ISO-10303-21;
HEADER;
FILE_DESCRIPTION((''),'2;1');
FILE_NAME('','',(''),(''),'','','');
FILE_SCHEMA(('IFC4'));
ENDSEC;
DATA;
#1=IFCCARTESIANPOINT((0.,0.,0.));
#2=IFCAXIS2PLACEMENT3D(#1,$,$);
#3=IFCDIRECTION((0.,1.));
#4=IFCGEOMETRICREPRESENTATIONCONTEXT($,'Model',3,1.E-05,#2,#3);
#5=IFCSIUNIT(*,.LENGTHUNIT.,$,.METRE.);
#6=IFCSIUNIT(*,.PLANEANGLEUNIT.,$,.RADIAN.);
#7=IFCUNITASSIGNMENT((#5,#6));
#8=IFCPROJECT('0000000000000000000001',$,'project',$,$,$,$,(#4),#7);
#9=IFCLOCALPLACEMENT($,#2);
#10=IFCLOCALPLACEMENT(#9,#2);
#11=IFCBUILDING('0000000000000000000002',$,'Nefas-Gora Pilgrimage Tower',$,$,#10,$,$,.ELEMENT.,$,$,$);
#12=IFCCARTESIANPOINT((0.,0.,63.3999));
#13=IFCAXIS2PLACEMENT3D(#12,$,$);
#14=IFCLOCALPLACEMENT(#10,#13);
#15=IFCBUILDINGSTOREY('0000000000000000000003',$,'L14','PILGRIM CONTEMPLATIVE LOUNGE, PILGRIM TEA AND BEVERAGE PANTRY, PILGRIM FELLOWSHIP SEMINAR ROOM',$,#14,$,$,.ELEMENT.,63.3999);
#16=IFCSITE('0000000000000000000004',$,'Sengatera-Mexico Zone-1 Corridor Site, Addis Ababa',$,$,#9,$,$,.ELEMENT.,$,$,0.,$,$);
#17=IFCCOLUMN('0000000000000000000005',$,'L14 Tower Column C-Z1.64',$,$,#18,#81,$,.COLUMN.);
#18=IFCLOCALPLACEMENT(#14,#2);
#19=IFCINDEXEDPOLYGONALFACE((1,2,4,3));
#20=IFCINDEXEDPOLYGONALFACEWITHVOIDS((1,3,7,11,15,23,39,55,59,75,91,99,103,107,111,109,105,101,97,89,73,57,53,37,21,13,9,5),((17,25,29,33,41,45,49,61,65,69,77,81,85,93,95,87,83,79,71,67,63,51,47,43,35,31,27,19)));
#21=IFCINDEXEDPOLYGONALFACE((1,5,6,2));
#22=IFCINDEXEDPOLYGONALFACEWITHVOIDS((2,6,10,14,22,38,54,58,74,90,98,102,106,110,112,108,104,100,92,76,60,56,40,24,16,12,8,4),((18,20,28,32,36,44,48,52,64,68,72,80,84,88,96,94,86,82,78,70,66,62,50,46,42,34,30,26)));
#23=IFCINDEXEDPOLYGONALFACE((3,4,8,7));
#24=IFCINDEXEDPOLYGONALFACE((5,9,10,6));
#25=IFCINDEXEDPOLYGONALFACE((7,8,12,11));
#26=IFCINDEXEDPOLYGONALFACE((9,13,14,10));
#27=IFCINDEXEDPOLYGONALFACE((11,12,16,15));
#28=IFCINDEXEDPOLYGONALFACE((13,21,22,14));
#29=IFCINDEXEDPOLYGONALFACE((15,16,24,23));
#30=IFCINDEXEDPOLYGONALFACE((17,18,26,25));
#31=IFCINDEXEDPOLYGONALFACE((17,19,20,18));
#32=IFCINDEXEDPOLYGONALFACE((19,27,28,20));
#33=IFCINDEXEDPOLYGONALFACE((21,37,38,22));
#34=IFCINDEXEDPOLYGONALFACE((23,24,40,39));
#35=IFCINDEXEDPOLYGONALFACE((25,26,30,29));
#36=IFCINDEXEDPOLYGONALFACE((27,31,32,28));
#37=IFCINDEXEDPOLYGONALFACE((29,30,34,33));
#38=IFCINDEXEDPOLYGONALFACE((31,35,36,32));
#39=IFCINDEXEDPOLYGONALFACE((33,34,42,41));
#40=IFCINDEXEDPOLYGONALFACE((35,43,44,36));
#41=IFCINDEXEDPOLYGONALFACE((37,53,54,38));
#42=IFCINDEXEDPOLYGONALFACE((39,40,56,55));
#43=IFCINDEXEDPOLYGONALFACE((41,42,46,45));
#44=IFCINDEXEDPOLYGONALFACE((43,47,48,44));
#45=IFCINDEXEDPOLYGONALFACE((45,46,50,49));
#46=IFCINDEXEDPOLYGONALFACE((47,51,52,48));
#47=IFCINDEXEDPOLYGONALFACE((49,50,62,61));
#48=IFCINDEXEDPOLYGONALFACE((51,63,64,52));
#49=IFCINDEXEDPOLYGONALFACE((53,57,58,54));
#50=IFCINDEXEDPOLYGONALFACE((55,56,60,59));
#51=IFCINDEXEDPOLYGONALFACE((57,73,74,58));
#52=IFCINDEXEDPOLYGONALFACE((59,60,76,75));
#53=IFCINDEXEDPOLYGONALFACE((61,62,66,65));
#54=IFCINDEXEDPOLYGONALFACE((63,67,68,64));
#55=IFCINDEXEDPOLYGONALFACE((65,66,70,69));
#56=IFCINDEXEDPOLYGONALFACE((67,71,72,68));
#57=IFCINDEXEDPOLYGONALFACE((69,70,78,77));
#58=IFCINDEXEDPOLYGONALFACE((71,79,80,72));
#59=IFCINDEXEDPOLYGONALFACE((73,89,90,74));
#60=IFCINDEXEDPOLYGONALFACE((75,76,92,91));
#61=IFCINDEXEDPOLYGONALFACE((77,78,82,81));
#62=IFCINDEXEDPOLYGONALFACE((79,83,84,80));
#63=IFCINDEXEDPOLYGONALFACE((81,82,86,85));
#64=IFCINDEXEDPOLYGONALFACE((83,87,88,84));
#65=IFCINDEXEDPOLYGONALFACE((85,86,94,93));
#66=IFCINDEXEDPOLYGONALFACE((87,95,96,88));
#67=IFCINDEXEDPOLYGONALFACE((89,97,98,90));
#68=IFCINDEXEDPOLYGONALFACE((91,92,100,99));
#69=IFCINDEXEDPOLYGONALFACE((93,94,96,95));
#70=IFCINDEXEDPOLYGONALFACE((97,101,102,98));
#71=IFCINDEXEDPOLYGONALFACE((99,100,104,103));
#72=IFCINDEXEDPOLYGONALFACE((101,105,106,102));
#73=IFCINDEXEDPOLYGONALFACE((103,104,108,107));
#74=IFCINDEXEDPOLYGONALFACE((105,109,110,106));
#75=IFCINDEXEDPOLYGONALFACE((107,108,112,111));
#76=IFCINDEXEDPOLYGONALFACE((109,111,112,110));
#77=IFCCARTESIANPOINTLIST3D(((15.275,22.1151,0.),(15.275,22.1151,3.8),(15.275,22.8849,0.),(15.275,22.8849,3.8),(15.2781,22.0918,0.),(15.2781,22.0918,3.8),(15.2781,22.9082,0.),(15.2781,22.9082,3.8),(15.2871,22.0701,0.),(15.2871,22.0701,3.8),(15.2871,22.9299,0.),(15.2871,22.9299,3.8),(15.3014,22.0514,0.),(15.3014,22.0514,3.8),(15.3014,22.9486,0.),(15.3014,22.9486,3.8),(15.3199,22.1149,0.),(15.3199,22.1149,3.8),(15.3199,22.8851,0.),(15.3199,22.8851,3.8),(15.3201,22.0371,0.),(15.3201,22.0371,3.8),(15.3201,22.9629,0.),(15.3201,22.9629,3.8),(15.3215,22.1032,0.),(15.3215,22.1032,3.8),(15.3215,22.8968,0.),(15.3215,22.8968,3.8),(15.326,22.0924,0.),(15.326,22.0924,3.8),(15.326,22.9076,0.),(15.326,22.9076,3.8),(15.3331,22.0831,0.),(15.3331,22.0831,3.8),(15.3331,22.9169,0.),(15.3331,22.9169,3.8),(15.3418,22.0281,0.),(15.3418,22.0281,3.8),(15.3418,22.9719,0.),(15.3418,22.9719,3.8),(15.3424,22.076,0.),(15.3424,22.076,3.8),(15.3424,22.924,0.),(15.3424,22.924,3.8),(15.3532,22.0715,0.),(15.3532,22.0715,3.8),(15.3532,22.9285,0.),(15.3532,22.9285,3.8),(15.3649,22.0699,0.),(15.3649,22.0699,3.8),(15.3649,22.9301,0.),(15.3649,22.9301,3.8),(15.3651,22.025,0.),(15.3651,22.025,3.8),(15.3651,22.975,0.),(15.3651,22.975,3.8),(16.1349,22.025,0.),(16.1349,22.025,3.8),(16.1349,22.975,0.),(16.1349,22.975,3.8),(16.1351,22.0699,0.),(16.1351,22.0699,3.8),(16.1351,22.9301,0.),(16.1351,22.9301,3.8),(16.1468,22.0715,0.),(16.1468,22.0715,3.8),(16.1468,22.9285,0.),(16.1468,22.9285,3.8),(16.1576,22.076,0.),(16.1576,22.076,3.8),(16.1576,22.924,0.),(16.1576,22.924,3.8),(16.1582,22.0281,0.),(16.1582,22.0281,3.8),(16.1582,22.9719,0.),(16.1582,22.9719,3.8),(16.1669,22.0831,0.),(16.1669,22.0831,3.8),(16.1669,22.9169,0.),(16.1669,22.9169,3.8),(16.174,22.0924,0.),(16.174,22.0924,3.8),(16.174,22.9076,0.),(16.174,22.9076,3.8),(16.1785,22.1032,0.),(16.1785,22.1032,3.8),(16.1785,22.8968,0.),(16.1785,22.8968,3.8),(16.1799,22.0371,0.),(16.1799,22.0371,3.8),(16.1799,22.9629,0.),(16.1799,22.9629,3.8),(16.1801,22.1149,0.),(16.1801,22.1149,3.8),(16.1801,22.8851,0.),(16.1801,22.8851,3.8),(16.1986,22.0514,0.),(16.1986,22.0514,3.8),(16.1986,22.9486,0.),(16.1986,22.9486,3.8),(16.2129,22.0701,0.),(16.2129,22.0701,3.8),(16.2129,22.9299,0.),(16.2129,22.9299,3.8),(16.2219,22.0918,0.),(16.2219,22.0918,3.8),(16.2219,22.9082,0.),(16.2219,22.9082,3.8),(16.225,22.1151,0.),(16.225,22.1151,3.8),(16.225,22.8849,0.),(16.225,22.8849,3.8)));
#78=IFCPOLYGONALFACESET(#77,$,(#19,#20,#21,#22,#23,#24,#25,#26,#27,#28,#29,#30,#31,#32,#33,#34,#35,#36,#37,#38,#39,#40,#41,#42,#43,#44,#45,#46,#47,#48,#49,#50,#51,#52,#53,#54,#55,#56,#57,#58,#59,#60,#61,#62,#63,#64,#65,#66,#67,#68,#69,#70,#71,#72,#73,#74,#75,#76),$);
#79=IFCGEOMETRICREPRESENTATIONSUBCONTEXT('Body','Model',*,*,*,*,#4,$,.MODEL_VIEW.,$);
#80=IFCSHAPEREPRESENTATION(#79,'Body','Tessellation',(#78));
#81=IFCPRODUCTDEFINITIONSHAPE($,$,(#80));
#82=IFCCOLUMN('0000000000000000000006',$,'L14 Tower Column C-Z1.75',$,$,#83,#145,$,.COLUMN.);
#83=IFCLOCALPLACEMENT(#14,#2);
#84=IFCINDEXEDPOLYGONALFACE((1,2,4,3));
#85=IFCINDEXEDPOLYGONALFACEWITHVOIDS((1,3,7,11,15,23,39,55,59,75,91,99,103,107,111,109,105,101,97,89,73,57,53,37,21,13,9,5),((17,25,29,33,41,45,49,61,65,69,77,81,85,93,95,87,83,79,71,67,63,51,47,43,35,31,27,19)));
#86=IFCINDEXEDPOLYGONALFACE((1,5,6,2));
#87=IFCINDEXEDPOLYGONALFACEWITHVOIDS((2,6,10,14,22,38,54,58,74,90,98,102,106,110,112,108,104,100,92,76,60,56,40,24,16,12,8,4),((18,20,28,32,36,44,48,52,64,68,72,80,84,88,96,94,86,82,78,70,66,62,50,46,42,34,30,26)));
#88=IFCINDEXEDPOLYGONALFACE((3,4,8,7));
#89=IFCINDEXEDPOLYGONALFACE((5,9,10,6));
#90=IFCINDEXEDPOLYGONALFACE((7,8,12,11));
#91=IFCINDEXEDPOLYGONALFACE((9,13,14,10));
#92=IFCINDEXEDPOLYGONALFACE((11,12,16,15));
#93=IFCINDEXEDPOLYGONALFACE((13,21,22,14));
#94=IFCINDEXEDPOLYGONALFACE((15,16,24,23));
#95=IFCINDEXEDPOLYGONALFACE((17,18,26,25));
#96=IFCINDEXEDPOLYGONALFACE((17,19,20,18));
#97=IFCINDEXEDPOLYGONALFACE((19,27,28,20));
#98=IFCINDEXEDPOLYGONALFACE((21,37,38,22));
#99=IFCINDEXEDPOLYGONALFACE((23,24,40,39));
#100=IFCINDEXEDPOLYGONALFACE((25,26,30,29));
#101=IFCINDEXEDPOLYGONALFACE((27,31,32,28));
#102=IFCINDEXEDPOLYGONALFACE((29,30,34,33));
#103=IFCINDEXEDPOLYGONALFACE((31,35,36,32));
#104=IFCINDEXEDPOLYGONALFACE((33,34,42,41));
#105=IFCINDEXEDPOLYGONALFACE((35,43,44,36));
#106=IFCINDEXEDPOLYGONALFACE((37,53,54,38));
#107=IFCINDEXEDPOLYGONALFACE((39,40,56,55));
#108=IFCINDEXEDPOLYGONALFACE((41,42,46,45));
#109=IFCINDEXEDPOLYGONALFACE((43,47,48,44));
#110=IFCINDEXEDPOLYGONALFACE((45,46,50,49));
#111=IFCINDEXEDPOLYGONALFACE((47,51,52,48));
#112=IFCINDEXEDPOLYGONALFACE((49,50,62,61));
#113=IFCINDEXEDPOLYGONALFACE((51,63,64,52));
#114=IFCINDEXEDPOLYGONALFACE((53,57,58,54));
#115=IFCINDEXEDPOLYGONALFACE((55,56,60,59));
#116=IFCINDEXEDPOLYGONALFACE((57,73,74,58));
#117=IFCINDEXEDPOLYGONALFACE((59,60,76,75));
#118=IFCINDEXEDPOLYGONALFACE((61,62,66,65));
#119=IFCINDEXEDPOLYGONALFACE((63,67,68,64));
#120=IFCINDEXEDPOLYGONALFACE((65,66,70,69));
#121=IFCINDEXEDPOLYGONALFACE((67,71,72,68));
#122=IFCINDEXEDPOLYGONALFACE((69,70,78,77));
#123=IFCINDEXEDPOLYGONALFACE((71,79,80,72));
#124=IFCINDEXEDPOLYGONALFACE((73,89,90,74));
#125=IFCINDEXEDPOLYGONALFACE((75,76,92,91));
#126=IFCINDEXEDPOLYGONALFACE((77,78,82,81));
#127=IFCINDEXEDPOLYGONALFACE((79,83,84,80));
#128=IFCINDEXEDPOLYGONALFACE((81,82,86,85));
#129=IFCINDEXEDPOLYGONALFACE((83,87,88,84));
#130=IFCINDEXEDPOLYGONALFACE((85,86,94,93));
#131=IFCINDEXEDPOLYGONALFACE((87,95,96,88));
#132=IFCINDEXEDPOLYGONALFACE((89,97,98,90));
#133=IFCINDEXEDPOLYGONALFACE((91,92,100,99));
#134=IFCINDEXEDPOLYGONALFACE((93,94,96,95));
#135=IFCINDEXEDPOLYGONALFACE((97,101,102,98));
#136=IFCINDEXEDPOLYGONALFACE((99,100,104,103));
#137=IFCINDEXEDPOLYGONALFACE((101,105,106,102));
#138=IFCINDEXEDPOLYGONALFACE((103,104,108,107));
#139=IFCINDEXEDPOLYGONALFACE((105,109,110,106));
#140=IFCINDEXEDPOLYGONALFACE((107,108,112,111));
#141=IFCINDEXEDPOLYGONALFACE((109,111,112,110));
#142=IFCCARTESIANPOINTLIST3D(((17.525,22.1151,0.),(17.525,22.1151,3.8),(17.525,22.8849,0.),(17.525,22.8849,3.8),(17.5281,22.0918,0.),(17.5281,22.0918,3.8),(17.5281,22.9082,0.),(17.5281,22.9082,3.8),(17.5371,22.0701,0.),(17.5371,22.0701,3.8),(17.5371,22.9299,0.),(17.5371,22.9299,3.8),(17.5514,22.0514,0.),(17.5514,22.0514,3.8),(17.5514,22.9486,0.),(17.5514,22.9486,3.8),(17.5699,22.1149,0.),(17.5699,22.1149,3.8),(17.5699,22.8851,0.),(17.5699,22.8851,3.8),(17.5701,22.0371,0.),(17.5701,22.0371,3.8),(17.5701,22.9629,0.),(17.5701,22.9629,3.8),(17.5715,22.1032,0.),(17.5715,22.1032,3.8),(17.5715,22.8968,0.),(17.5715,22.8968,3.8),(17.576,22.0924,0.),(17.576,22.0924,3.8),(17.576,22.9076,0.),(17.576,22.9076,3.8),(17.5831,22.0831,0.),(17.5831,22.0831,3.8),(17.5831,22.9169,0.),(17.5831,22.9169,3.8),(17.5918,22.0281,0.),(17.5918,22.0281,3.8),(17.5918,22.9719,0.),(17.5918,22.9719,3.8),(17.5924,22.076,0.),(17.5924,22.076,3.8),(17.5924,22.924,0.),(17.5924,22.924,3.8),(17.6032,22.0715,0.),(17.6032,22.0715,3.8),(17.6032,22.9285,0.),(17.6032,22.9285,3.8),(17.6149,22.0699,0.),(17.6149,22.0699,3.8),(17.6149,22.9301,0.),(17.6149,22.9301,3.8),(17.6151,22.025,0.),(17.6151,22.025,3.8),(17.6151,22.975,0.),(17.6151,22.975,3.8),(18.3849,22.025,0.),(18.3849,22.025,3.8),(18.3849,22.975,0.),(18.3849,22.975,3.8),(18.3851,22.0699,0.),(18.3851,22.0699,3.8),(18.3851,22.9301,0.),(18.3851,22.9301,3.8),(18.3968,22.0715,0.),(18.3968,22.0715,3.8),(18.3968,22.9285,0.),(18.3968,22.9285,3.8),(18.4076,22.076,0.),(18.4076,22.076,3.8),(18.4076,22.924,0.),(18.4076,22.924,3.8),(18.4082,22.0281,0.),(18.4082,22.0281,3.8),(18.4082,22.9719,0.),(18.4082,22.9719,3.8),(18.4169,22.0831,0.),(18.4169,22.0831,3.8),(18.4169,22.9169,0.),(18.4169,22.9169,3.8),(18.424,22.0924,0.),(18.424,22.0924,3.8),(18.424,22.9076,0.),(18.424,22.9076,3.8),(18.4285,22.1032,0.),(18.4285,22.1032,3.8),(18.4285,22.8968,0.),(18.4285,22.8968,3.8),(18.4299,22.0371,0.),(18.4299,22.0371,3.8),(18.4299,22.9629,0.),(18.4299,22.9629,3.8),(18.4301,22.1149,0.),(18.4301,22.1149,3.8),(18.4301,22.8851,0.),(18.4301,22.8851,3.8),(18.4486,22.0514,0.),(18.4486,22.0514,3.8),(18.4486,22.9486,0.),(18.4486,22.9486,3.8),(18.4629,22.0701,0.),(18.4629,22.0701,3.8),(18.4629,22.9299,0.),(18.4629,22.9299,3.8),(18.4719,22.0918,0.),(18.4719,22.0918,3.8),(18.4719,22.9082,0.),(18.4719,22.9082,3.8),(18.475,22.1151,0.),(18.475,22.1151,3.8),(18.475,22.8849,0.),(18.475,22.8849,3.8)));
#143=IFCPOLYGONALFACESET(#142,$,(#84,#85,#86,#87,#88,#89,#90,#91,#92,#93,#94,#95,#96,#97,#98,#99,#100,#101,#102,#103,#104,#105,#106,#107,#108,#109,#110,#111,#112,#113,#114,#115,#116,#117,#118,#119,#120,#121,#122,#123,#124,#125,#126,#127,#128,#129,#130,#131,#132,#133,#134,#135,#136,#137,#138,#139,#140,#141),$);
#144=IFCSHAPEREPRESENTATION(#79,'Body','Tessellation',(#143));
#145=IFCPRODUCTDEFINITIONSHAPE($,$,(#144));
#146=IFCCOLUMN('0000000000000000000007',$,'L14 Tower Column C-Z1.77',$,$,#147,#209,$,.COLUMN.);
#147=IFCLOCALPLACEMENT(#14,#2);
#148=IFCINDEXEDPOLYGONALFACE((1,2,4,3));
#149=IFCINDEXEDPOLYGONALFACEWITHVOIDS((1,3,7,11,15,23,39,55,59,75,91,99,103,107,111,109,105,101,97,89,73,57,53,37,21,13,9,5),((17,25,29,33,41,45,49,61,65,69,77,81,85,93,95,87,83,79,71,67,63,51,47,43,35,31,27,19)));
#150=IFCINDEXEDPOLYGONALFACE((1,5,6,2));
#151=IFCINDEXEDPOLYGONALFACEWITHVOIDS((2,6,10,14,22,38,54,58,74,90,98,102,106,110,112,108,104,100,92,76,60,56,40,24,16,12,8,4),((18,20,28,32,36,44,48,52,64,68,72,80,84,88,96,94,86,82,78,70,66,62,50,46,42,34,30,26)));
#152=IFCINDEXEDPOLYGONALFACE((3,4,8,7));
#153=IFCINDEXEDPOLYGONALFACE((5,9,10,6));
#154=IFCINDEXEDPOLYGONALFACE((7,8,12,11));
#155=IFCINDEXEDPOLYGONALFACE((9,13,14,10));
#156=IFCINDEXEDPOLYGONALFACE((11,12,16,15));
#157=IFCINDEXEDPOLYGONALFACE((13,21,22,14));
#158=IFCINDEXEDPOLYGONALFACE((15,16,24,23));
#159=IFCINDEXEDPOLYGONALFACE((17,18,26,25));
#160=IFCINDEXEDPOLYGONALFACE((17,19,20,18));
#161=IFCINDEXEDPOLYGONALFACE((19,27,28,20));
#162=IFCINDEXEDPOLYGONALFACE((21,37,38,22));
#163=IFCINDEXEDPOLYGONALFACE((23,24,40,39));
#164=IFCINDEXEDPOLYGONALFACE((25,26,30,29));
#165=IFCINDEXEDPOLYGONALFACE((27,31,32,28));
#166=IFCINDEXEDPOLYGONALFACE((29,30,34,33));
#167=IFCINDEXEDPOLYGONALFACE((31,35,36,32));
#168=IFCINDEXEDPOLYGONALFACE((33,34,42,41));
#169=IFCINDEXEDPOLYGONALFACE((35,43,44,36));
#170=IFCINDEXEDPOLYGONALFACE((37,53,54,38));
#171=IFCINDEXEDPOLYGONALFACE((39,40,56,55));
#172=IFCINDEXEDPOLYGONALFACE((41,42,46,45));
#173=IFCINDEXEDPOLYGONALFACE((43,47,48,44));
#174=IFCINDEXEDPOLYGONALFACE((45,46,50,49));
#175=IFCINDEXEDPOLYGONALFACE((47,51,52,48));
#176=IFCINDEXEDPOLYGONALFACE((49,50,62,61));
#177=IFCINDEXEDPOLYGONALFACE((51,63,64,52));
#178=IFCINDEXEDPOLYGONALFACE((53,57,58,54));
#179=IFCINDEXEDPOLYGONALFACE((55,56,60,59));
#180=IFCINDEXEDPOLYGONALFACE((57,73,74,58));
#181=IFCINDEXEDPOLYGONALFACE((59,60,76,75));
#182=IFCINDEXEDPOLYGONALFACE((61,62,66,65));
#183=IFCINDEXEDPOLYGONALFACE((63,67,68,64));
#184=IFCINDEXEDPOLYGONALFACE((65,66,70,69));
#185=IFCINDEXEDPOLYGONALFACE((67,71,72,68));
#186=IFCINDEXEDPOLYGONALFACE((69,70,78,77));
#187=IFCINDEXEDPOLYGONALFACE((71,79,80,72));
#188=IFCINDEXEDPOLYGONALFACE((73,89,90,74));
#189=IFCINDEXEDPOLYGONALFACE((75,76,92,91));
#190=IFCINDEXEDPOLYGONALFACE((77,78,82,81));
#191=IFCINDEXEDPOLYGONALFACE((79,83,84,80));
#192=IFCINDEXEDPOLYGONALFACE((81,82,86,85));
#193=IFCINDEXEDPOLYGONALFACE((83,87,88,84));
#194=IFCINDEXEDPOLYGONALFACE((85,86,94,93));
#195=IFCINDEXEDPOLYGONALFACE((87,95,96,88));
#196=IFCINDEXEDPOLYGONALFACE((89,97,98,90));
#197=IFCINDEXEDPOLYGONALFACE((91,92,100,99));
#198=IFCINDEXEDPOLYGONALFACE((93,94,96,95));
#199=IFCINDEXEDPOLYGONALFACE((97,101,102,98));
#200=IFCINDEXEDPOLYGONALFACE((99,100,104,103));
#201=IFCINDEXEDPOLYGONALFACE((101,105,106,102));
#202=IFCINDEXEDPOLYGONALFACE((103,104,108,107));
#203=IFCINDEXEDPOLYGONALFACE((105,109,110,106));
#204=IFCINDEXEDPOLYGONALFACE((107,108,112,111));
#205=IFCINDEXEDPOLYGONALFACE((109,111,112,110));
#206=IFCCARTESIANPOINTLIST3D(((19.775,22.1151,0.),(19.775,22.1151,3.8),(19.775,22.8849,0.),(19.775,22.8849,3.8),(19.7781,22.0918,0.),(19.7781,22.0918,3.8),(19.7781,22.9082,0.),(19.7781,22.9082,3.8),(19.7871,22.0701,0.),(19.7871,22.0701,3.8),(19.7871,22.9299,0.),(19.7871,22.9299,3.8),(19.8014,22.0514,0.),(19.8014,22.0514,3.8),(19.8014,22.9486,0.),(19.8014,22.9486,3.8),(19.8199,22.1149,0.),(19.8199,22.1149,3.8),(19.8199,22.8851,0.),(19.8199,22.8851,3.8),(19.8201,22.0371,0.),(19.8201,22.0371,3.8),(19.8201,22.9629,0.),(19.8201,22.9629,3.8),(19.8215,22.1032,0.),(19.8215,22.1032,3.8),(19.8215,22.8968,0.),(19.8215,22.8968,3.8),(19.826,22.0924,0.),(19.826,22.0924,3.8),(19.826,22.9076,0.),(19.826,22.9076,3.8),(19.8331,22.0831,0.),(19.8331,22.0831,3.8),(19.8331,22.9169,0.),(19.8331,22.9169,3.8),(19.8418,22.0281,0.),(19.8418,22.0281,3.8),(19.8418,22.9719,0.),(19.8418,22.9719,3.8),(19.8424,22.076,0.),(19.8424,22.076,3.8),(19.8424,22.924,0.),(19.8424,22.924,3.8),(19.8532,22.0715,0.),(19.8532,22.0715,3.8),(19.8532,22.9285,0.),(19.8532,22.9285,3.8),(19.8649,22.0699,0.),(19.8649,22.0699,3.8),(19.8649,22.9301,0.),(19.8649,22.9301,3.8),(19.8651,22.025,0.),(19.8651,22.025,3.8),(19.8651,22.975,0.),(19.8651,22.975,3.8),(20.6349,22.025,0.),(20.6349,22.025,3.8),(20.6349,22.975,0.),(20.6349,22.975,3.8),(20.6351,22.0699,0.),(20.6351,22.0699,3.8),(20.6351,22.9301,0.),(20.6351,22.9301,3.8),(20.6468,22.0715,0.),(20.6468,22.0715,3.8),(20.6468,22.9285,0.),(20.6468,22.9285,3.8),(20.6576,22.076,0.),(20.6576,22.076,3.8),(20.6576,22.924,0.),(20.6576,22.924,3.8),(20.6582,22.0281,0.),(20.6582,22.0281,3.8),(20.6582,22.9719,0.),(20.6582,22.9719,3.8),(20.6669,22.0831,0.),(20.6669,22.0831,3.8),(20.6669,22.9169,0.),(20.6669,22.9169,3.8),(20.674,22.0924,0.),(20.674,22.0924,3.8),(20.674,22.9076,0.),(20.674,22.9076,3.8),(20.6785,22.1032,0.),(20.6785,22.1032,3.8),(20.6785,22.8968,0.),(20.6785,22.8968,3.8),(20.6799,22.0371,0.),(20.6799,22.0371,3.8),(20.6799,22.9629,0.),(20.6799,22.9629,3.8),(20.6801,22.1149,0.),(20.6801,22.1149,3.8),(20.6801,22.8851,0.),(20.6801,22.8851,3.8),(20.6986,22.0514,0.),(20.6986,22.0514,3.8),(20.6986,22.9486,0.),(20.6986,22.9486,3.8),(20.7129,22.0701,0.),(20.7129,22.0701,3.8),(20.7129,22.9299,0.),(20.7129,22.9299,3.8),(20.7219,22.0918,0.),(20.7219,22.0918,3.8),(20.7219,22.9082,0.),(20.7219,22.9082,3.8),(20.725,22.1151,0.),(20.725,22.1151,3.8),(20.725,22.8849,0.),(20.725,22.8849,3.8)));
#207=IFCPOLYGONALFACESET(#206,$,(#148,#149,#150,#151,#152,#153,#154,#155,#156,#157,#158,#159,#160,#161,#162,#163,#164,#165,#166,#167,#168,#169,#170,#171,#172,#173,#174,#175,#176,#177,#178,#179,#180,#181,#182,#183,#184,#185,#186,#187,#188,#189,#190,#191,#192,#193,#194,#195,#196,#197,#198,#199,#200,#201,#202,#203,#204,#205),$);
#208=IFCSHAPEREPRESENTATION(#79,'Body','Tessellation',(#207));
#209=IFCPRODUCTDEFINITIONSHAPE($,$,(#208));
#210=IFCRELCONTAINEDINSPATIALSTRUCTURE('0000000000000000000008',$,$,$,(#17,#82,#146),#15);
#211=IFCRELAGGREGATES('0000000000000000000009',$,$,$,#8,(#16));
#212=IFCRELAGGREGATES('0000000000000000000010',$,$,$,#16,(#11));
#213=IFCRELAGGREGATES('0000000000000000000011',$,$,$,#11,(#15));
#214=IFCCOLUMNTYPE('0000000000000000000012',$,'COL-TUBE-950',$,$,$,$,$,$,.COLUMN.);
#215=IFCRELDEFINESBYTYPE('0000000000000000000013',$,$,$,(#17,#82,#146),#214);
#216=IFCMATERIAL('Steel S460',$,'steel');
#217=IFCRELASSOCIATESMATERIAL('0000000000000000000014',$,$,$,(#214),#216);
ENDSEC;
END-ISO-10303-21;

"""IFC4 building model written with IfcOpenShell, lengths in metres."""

from ifc_helpers import new_model, si_unit, direction, frame, origin, origin_2d, place, context, subcontext, project, spatial, hollow_rectangle, extrude, source, transform, mapped, material, material_profile, profile_set, type_object, element, save


model = new_model("IFC4")

# Units and contexts
model_context = context("Model", 3, precision=1e-05, world=origin(), true_north=direction((0.0, 1.0)))
body_context = subcontext(model_context, "Body", "Model", "MODEL_VIEW")
ifc_project = project(units=[si_unit("LENGTHUNIT", "METRE"), si_unit("PLANEANGLEUNIT", "RADIAN")], contexts=[model_context])

# Site, building, storey
site_placement = place(None, origin())
site = spatial("IfcSite", under=ifc_project, at=site_placement, Name="Sengatera-Mexico Zone-1 Corridor Site, Addis Ababa", CompositionType="ELEMENT", RefElevation=0.0)
building_placement = place(site_placement, origin())
building = spatial("IfcBuilding", under=site, at=building_placement, Name="Nefas-Gora Pilgrimage Tower", CompositionType="ELEMENT")
storey_placement = place(building_placement, frame((0.0, 0.0, 63.3999)))
storey = spatial("IfcBuildingStorey", under=building, at=storey_placement, Name="L14", Description="PILGRIM CONTEMPLATIVE LOUNGE, PILGRIM TEA AND BEVERAGE PANTRY, PILGRIM FELLOWSHIP SEMINAR ROOM", CompositionType="ELEMENT", Elevation=63.3999)

# Columns
ifc_material_1 = material(Name="Steel S460", Category="steel")
ifc_material_profile_1 = material_profile(ifc_material_1, hollow_rectangle(XDim=0.95, YDim=0.95, WallThickness=0.0449, InnerFilletRadius=0.0449, OuterFilletRadius=0.0901, at=origin_2d()), Name="BOX 950x950x45")
ifc_profile_set_1 = profile_set([ifc_material_profile_1], Name="Steel S460")
column_type_1 = type_object("IfcColumnType", Name="COL-TUBE-950", PredefinedType="COLUMN", material=ifc_profile_set_1)
shared_shape_1 = source(origin(), body_context, "Body", "SweptSolid", [
    extrude(hollow_rectangle(XDim=0.95, YDim=0.95, WallThickness=0.0449, InnerFilletRadius=0.0449, OuterFilletRadius=0.0901, at=origin_2d()), origin(), (0.0, 0.0, 1.0), 3.8),
])
for number, where, z_axis, x_axis, name in (
    (1, (15.75, 22.5, 0.0), (0.0, 0.0, 1.0), (1.0, 0.0, 0.0), "L14 Tower Column C-Z1.64"),
    (2, (18.0, 22.5, 0.0), (0.0, 0.0, 1.0), (1.0, 0.0, 0.0), "L14 Tower Column C-Z1.75"),
    (3, (20.25, 22.5, 0.0), (0.0, 0.0, 1.0), (1.0, 0.0, 0.0), "L14 Tower Column C-Z1.77"),
):
    element("IfcColumn", number, at=place(storey_placement, frame(where, z_axis=z_axis, x_axis=x_axis)), inside=storey, type_object=column_type_1, Name=name, PredefinedType="COLUMN", context=body_context, shape_type="MappedRepresentation", body=[
        mapped(shared_shape_1, transform((0.0, 0.0, 0.0), x_axis=(1.0, 0.0, 0.0), y_axis=(0.0, 1.0, 0.0), z_axis=(0.0, 0.0, 1.0), scale=1.0)),
    ])

save(model, "model.ifc")
